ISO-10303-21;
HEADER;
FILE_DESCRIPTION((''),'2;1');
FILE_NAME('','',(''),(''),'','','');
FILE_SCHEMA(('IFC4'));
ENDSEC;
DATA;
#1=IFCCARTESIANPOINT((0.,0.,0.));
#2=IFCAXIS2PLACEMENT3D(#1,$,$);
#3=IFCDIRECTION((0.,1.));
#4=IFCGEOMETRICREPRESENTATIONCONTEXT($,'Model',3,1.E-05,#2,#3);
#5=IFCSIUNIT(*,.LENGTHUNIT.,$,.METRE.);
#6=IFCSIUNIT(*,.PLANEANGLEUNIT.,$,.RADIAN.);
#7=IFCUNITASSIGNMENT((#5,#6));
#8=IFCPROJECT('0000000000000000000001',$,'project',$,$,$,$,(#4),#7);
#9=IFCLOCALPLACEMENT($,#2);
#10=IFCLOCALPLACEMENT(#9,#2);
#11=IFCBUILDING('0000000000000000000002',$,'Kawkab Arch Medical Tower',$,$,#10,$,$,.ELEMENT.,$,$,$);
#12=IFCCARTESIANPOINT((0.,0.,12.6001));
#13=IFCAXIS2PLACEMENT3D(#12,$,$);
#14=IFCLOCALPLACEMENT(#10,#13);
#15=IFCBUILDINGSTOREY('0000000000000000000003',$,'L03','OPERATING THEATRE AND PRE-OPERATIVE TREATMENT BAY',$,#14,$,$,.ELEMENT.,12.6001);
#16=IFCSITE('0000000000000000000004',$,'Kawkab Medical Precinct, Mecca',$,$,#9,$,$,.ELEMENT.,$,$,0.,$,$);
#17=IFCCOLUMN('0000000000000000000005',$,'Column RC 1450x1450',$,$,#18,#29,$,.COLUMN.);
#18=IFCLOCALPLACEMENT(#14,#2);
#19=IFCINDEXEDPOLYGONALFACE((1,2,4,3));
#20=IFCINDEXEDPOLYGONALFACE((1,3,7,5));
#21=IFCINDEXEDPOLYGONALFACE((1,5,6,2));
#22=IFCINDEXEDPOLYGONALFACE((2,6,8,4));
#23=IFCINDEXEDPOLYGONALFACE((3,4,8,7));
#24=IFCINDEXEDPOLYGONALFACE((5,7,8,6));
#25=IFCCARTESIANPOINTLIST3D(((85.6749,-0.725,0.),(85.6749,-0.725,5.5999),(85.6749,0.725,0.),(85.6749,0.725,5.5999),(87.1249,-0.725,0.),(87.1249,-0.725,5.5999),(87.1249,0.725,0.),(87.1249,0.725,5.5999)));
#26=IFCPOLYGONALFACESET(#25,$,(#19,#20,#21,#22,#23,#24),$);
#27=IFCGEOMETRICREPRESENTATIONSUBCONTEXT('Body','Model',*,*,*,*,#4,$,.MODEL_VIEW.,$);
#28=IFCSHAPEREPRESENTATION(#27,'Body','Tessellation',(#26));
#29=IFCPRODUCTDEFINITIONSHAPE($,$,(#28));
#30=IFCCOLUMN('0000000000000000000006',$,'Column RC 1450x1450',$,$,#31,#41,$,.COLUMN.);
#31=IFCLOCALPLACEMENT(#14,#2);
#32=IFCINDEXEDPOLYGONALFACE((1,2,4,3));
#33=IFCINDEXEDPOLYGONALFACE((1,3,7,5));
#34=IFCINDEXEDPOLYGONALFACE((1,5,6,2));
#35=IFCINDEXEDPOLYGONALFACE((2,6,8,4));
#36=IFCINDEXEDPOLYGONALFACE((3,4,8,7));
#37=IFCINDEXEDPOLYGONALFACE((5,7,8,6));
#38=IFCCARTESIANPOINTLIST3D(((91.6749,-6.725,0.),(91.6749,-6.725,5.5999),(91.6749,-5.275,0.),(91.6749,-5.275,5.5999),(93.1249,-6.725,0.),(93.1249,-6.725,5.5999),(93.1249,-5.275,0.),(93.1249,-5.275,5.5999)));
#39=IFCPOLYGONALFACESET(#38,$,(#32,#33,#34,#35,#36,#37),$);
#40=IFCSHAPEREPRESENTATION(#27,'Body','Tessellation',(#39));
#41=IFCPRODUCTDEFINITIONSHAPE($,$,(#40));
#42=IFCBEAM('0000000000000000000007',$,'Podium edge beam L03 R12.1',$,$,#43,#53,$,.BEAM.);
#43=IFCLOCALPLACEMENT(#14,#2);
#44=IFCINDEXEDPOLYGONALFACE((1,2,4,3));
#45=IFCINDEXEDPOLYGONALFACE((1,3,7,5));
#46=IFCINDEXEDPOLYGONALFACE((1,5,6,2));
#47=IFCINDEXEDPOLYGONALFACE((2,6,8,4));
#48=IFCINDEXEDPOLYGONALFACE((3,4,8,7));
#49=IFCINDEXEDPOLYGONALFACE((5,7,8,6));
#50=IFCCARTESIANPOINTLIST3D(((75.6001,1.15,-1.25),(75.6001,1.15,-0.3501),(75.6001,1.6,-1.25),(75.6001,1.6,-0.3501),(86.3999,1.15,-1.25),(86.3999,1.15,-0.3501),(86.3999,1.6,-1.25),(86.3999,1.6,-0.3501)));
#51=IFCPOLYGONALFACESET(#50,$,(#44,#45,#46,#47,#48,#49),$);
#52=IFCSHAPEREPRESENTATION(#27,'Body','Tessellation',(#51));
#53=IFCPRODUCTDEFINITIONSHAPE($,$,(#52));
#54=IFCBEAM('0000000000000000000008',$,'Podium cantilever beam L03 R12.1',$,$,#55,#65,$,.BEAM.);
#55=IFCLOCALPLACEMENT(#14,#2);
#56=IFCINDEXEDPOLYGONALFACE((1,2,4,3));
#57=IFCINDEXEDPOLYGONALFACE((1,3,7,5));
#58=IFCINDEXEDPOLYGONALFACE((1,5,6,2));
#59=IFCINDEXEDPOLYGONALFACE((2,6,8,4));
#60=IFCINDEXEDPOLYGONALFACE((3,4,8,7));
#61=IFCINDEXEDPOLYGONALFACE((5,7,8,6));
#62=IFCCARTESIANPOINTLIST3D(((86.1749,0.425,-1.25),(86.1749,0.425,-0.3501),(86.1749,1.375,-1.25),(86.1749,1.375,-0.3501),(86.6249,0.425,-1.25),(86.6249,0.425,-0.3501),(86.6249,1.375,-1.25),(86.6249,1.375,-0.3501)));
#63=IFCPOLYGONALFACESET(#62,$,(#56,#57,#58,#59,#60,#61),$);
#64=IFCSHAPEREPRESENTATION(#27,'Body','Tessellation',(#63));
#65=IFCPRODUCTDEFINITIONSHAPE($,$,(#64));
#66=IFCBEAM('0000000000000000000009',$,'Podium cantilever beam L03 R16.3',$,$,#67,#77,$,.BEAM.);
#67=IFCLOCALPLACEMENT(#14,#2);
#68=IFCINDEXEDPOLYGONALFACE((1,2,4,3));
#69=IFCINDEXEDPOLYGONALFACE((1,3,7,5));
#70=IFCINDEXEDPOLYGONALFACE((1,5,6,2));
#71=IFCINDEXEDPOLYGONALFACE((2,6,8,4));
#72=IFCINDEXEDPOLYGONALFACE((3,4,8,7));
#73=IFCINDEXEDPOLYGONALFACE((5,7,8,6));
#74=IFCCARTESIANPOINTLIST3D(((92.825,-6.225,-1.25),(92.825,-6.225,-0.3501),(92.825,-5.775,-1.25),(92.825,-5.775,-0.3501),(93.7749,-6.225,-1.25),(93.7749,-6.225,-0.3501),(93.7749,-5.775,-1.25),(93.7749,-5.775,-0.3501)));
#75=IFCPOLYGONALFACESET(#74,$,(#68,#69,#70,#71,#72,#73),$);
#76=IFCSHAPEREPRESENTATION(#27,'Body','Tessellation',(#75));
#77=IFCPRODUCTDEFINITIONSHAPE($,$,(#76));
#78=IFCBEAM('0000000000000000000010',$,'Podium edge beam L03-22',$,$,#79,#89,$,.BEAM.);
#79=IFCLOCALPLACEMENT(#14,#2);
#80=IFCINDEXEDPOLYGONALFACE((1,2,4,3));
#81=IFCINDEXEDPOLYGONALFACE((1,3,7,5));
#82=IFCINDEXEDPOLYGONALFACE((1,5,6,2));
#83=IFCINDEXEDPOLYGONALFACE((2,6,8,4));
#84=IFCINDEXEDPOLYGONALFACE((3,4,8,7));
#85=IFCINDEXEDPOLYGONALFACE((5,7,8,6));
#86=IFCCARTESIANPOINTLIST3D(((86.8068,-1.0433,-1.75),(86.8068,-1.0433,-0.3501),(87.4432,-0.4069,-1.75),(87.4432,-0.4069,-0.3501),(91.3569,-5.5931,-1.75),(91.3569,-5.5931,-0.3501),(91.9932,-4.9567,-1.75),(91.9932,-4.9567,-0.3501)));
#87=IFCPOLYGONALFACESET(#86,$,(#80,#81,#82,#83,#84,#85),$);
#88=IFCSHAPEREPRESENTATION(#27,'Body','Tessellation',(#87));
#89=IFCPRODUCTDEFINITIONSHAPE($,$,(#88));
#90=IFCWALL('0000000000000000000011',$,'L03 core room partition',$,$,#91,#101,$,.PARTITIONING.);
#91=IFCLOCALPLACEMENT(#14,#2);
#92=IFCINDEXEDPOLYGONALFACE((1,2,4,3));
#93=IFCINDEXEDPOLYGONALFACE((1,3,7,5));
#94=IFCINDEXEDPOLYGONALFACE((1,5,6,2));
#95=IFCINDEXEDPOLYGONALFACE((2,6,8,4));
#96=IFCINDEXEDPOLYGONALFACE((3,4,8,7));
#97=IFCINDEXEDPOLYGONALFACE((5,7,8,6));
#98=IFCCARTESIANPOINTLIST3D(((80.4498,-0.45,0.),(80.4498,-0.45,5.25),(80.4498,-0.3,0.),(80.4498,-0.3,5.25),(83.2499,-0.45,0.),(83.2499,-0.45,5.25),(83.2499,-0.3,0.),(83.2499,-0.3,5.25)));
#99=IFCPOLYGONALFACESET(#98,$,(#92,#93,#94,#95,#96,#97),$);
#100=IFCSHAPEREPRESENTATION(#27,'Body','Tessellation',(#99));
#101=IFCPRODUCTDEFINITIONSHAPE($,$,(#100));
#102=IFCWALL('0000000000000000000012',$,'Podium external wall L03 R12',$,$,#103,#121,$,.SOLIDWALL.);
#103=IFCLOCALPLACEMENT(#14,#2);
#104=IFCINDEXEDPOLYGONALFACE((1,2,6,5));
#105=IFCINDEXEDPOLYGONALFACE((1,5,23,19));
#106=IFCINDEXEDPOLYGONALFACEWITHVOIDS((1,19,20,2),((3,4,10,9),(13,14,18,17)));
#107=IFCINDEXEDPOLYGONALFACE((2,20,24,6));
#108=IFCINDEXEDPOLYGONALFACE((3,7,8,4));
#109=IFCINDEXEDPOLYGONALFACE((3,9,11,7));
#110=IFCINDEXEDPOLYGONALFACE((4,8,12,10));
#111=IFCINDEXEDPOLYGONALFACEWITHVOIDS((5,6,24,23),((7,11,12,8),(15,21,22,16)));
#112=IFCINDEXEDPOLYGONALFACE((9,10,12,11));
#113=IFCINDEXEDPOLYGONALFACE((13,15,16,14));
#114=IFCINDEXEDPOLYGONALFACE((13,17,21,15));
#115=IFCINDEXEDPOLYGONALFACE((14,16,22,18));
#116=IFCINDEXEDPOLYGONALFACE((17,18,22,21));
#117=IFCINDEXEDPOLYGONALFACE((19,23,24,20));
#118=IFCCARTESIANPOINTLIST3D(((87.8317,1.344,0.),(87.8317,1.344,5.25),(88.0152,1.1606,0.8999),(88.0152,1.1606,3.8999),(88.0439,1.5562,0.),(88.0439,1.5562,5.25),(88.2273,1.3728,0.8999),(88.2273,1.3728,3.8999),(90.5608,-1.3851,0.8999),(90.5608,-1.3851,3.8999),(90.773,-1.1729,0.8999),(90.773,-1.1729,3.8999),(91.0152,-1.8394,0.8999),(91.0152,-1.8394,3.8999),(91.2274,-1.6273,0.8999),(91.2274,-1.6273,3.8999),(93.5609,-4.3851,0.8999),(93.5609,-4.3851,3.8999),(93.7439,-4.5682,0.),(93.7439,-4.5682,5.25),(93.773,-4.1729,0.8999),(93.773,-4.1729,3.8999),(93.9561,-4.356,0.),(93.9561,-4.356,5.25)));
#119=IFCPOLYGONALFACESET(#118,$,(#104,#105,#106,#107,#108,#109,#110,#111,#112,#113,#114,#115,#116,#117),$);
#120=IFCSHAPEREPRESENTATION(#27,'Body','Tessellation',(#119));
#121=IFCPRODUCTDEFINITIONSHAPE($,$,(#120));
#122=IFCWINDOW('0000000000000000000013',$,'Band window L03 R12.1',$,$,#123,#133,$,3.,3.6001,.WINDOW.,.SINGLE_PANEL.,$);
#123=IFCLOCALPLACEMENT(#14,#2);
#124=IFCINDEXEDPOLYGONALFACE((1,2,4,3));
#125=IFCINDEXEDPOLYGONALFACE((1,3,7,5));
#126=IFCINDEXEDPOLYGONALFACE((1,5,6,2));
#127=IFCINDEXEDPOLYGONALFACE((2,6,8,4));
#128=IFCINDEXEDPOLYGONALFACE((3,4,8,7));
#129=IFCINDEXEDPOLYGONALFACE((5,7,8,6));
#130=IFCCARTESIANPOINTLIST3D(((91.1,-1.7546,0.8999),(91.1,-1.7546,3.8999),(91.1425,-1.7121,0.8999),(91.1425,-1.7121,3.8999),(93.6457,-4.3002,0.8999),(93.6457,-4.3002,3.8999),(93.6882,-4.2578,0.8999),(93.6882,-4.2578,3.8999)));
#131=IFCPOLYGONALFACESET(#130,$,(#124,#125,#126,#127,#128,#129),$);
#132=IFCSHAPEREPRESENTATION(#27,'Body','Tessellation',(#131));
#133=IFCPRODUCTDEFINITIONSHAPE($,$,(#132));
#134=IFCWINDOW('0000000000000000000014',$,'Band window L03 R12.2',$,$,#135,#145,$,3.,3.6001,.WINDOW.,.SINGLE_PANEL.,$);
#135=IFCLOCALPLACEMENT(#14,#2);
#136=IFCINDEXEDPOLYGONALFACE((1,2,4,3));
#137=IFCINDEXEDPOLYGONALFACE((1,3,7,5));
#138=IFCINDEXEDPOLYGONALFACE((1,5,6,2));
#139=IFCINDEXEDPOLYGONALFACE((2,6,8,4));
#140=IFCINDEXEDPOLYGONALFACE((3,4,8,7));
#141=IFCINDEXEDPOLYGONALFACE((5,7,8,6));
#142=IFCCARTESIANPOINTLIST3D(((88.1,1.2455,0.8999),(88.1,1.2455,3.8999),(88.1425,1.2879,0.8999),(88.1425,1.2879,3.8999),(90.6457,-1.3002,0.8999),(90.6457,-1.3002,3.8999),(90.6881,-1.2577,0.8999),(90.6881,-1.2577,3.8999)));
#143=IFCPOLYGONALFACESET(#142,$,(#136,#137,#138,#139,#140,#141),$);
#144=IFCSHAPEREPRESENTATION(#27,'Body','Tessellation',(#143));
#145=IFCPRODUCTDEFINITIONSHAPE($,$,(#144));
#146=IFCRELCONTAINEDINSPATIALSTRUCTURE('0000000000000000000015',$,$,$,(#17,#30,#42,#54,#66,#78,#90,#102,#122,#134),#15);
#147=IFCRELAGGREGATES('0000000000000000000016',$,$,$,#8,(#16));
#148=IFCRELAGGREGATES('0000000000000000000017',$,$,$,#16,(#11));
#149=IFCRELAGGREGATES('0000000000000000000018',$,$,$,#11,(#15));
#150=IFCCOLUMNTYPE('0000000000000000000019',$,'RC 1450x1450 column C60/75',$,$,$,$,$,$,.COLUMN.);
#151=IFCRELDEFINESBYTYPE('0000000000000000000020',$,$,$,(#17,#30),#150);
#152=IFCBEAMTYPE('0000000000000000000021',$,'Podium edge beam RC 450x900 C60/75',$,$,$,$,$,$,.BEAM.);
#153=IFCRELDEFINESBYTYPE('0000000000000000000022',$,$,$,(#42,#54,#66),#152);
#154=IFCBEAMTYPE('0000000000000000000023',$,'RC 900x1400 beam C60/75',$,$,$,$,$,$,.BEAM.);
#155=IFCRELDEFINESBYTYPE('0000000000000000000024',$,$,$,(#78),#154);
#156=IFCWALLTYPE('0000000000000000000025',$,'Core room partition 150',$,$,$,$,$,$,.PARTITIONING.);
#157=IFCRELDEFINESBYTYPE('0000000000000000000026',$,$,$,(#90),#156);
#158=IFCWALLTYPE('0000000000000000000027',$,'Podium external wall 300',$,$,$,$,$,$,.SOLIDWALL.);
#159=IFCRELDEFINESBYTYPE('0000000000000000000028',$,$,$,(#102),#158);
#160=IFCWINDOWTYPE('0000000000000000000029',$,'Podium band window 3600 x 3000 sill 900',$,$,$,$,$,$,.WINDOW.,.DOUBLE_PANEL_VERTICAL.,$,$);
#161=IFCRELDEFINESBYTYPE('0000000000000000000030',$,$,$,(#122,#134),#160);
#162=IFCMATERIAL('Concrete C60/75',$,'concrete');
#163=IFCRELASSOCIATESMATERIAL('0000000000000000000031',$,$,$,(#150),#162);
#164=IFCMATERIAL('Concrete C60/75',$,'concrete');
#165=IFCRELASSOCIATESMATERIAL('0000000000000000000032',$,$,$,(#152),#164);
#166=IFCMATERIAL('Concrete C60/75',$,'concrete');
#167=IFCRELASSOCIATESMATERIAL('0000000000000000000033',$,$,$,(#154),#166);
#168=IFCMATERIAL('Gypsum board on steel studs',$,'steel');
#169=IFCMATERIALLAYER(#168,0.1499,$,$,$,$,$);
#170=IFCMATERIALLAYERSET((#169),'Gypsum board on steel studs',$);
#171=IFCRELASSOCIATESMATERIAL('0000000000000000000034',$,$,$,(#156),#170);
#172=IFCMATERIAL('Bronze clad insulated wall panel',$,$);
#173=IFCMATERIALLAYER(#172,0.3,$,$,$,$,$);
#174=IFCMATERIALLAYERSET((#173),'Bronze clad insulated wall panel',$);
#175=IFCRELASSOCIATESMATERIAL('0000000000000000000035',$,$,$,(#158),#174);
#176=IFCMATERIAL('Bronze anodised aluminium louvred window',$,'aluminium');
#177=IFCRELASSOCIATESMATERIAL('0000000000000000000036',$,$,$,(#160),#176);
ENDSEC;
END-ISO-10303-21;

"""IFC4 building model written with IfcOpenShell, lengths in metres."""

from ifc_helpers import new_model, si_unit, direction, frame, frame_2d, origin, origin_2d, place, context, subcontext, project, spatial, rectangle, extrude, material, layer, layer_set, material_profile, profile_set, type_object, element, fill, save


model = new_model("IFC4")

# Units and contexts
model_context = context("Model", 3, precision=1e-05, world=origin(), true_north=direction((0.0, 1.0)))
body_context = subcontext(model_context, "Body", "Model", "MODEL_VIEW")
ifc_project = project(units=[si_unit("LENGTHUNIT", "METRE"), si_unit("PLANEANGLEUNIT", "RADIAN")], contexts=[model_context])

# Site, building, storey
site_placement = place(None, origin())
site = spatial("IfcSite", under=ifc_project, at=site_placement, Name="Kawkab Medical Precinct, Mecca", CompositionType="ELEMENT", RefElevation=0.0)
building_placement = place(site_placement, origin())
building = spatial("IfcBuilding", under=site, at=building_placement, Name="Kawkab Arch Medical Tower", CompositionType="ELEMENT")
storey_placement = place(building_placement, frame((0.0, 0.0, 12.6001)))
storey = spatial("IfcBuildingStorey", under=building, at=storey_placement, Name="L03", Description="OPERATING THEATRE AND PRE-OPERATIVE TREATMENT BAY", CompositionType="ELEMENT", Elevation=12.6001)

# Columns
ifc_material_1 = material(Name="Concrete C60/75", Category="concrete")
ifc_material_profile_1 = material_profile(ifc_material_1, rectangle(XDim=1.45, YDim=1.45, at=origin_2d()), Name="RC 1450x1450")
ifc_profile_set_1 = profile_set([ifc_material_profile_1], Name="Concrete C60/75")
column_type = type_object("IfcColumnType", Name="RC 1450x1450 column C60/75", PredefinedType="COLUMN", material=ifc_profile_set_1)
for number, where, z_axis, x_axis, name in (
    (1, (86.3999, 0.0, 0.0), (0.0, 0.0, 1.0), (1.0, 0.0, 0.0), "Column RC 1450x1450"),
    (2, (92.3999, -6.0, 0.0), (0.0, 0.0, 1.0), (1.0, 0.0, 0.0), "Column RC 1450x1450"),
):
    element("IfcColumn", number, at=place(storey_placement, frame(where, z_axis=z_axis, x_axis=x_axis)), inside=storey, type_object=column_type, Name=name, PredefinedType="COLUMN", context=body_context, shape_type="SweptSolid", body=[
        extrude(rectangle(XDim=1.45, YDim=1.45, at=origin_2d()), origin(), (0.0, 0.0, 1.0), 5.5999),
    ])

# Beams
ifc_material_2 = material(Name="Concrete C60/75", Category="concrete")
ifc_material_profile_2 = material_profile(ifc_material_2, rectangle(XDim=0.45, YDim=0.8999, at=origin_2d()), Name="RC 450x900")
ifc_profile_set_2 = profile_set([ifc_material_profile_2], Name="Concrete C60/75")
beam_type_1 = type_object("IfcBeamType", Name="Podium edge beam RC 450x900 C60/75", PredefinedType="BEAM", material=ifc_profile_set_2)
beam_1_placement = place(storey_placement, frame((86.3999, 1.375, -0.8), z_axis=(-1.0, 0.0, 0.0), x_axis=(0.0, -1.0, 0.0)))
element("IfcBeam", 3, at=beam_1_placement, inside=storey, type_object=beam_type_1, Name="Podium edge beam L03 R12.1", PredefinedType="BEAM", context=body_context, shape_type="SweptSolid", body=[
    extrude(rectangle(XDim=0.45, YDim=0.8999, at=origin_2d()), origin(), (0.0, 0.0, 1.0), 10.7998),
])
for number, where, z_axis, x_axis, name in (
    (4, (86.3999, 0.425, -0.8), (0.0, 1.0, 0.0), (-1.0, 0.0, 0.0), "Podium cantilever beam L03 R12.1"),
    (5, (92.825, -6.0, -0.8), (1.0, 0.0, 0.0), (0.0, 1.0, 0.0), "Podium cantilever beam L03 R16.3"),
):
    element("IfcBeam", number, at=place(storey_placement, frame(where, z_axis=z_axis, x_axis=x_axis)), inside=storey, type_object=beam_type_1, Name=name, PredefinedType="BEAM", context=body_context, shape_type="SweptSolid", body=[
        extrude(rectangle(XDim=0.45, YDim=0.8999, at=origin_2d()), origin(), (0.0, 0.0, 1.0), 0.95),
    ])
ifc_material_3 = material(Name="Concrete C60/75", Category="concrete")
ifc_material_profile_3 = material_profile(ifc_material_3, rectangle(XDim=0.8999, YDim=1.3999, at=origin_2d()), Name="RC 900x1400")
ifc_profile_set_3 = profile_set([ifc_material_profile_3], Name="Concrete C60/75")
beam_type_2 = type_object("IfcBeamType", Name="RC 900x1400 beam C60/75", PredefinedType="BEAM", material=ifc_profile_set_3)
beam_2_placement = place(storey_placement, frame((91.675, -5.2749, -1.05), z_axis=(-0.707126, 0.707088, 0.0), x_axis=(-0.707088, -0.707126, 0.0)))
element("IfcBeam", 6, at=beam_2_placement, inside=storey, type_object=beam_type_2, Name="Podium edge beam L03-22", PredefinedType="BEAM", context=body_context, shape_type="SweptSolid", body=[
    extrude(rectangle(XDim=0.8999, YDim=1.3999, at=origin_2d()), origin(), (0.0, 0.0, 1.0), 6.4346),
])

# Wall
ifc_material_4 = material(Name="Gypsum board on steel studs", Category="steel")
ifc_layer_1 = layer(ifc_material_4, 0.1499)
ifc_layer_set_1 = layer_set([ifc_layer_1], Name="Gypsum board on steel studs")
wall_type_1 = type_object("IfcWallType", Name="Core room partition 150", PredefinedType="PARTITIONING", material=ifc_layer_set_1)
wall_1_placement = place(storey_placement, frame((80.45, -0.375, 0.0), z_axis=(0.0, 0.0, 1.0), x_axis=(1.0, 0.0, 0.0)))
element("IfcWall", 7, at=wall_1_placement, inside=storey, type_object=wall_type_1, Name="L03 core room partition", PredefinedType="PARTITIONING", context=body_context, shape_type="SweptSolid", body=[
    extrude(rectangle(XDim=2.8, YDim=0.1499, at=frame_2d((1.3999, 0.0))), origin(), (0.0, 0.0, 1.0), 5.25),
])

# Wall, openings, windows
ifc_material_5 = material(Name="Bronze clad insulated wall panel")
ifc_layer_2 = layer(ifc_material_5, 0.3)
ifc_layer_set_2 = layer_set([ifc_layer_2], Name="Bronze clad insulated wall panel")
wall_type_2 = type_object("IfcWallType", Name="Podium external wall 300", PredefinedType="SOLIDWALL", material=ifc_layer_set_2)
wall_2_placement = place(storey_placement, frame((93.8501, -4.4622, 0.0), z_axis=(0.0, 0.0, 1.0), x_axis=(-0.707107, 0.707107, 0.0)))
wall_2 = element("IfcWall", 8, at=wall_2_placement, inside=storey, type_object=wall_type_2, Name="Podium external wall L03 R12", PredefinedType="SOLIDWALL", context=body_context, shape_type="SweptSolid", body=[
    extrude(rectangle(XDim=8.3611, YDim=0.3, at=frame_2d((4.1807, 0.0))), origin(), (0.0, 0.0, 1.0), 5.25),
])
opening_1_placement = place(wall_2_placement, frame((0.259, 0.0, 0.8999)))
opening_1 = element("IfcOpeningElement", 9, at=opening_1_placement, cuts=wall_2, PredefinedType="OPENING", context=body_context, shape_type="SweptSolid", body=[
    extrude(rectangle(XDim=3.6001, YDim=3.0, at=frame_2d((1.8, 1.5))), frame((0.0, 0.1599, 0.0), z_axis=(0.0, -1.0, 0.0), x_axis=(1.0, 0.0, 0.0)), (0.0, 0.0, 1.0), 0.3201),
])
opening_2_placement = place(wall_2_placement, frame((4.5017, 0.0, 0.8999)))
opening_2 = element("IfcOpeningElement", 10, at=opening_2_placement, cuts=wall_2, PredefinedType="OPENING", context=body_context, shape_type="SweptSolid", body=[
    extrude(rectangle(XDim=3.6001, YDim=3.0, at=frame_2d((1.8, 1.5))), frame((0.0, 0.1599, 0.0), z_axis=(0.0, -1.0, 0.0), x_axis=(1.0, 0.0, 0.0)), (0.0, 0.0, 1.0), 0.3201),
])
ifc_material_6 = material(Name="Bronze anodised aluminium louvred window", Category="aluminium")
window_type_1 = type_object("IfcWindowType", Name="Podium band window 3600 x 3000 sill 900", PartitioningType="DOUBLE_PANEL_VERTICAL", PredefinedType="WINDOW", material=ifc_material_6)
window_1_placement = place(opening_1_placement, origin())
window_1 = element("IfcWindow", 11, at=window_1_placement, inside=storey, type_object=window_type_1, Name="Band window L03 R12.1", OverallHeight=3.0, OverallWidth=3.6001, PartitioningType="SINGLE_PANEL", PredefinedType="WINDOW", context=body_context, shape_type="SweptSolid", body=[
    extrude(rectangle(XDim=3.6001, YDim=3.0, at=frame_2d((1.8, 1.5))), frame((0.0, 0.03, 0.0), z_axis=(0.0, -1.0, 0.0), x_axis=(1.0, 0.0, 0.0)), (0.0, 0.0, 1.0), 0.0601),
])
fill(opening_1, window_1)
window_2_placement = place(opening_2_placement, origin())
window_2 = element("IfcWindow", 12, at=window_2_placement, inside=storey, type_object=window_type_1, Name="Band window L03 R12.2", OverallHeight=3.0, OverallWidth=3.6001, PartitioningType="SINGLE_PANEL", PredefinedType="WINDOW", context=body_context, shape_type="SweptSolid", body=[
    extrude(rectangle(XDim=3.6001, YDim=3.0, at=frame_2d((1.8, 1.5))), frame((0.0, 0.03, 0.0), z_axis=(0.0, -1.0, 0.0), x_axis=(1.0, 0.0, 0.0)), (0.0, 0.0, 1.0), 0.0601),
])
fill(opening_2, window_2)

save(model, "model.ifc")
